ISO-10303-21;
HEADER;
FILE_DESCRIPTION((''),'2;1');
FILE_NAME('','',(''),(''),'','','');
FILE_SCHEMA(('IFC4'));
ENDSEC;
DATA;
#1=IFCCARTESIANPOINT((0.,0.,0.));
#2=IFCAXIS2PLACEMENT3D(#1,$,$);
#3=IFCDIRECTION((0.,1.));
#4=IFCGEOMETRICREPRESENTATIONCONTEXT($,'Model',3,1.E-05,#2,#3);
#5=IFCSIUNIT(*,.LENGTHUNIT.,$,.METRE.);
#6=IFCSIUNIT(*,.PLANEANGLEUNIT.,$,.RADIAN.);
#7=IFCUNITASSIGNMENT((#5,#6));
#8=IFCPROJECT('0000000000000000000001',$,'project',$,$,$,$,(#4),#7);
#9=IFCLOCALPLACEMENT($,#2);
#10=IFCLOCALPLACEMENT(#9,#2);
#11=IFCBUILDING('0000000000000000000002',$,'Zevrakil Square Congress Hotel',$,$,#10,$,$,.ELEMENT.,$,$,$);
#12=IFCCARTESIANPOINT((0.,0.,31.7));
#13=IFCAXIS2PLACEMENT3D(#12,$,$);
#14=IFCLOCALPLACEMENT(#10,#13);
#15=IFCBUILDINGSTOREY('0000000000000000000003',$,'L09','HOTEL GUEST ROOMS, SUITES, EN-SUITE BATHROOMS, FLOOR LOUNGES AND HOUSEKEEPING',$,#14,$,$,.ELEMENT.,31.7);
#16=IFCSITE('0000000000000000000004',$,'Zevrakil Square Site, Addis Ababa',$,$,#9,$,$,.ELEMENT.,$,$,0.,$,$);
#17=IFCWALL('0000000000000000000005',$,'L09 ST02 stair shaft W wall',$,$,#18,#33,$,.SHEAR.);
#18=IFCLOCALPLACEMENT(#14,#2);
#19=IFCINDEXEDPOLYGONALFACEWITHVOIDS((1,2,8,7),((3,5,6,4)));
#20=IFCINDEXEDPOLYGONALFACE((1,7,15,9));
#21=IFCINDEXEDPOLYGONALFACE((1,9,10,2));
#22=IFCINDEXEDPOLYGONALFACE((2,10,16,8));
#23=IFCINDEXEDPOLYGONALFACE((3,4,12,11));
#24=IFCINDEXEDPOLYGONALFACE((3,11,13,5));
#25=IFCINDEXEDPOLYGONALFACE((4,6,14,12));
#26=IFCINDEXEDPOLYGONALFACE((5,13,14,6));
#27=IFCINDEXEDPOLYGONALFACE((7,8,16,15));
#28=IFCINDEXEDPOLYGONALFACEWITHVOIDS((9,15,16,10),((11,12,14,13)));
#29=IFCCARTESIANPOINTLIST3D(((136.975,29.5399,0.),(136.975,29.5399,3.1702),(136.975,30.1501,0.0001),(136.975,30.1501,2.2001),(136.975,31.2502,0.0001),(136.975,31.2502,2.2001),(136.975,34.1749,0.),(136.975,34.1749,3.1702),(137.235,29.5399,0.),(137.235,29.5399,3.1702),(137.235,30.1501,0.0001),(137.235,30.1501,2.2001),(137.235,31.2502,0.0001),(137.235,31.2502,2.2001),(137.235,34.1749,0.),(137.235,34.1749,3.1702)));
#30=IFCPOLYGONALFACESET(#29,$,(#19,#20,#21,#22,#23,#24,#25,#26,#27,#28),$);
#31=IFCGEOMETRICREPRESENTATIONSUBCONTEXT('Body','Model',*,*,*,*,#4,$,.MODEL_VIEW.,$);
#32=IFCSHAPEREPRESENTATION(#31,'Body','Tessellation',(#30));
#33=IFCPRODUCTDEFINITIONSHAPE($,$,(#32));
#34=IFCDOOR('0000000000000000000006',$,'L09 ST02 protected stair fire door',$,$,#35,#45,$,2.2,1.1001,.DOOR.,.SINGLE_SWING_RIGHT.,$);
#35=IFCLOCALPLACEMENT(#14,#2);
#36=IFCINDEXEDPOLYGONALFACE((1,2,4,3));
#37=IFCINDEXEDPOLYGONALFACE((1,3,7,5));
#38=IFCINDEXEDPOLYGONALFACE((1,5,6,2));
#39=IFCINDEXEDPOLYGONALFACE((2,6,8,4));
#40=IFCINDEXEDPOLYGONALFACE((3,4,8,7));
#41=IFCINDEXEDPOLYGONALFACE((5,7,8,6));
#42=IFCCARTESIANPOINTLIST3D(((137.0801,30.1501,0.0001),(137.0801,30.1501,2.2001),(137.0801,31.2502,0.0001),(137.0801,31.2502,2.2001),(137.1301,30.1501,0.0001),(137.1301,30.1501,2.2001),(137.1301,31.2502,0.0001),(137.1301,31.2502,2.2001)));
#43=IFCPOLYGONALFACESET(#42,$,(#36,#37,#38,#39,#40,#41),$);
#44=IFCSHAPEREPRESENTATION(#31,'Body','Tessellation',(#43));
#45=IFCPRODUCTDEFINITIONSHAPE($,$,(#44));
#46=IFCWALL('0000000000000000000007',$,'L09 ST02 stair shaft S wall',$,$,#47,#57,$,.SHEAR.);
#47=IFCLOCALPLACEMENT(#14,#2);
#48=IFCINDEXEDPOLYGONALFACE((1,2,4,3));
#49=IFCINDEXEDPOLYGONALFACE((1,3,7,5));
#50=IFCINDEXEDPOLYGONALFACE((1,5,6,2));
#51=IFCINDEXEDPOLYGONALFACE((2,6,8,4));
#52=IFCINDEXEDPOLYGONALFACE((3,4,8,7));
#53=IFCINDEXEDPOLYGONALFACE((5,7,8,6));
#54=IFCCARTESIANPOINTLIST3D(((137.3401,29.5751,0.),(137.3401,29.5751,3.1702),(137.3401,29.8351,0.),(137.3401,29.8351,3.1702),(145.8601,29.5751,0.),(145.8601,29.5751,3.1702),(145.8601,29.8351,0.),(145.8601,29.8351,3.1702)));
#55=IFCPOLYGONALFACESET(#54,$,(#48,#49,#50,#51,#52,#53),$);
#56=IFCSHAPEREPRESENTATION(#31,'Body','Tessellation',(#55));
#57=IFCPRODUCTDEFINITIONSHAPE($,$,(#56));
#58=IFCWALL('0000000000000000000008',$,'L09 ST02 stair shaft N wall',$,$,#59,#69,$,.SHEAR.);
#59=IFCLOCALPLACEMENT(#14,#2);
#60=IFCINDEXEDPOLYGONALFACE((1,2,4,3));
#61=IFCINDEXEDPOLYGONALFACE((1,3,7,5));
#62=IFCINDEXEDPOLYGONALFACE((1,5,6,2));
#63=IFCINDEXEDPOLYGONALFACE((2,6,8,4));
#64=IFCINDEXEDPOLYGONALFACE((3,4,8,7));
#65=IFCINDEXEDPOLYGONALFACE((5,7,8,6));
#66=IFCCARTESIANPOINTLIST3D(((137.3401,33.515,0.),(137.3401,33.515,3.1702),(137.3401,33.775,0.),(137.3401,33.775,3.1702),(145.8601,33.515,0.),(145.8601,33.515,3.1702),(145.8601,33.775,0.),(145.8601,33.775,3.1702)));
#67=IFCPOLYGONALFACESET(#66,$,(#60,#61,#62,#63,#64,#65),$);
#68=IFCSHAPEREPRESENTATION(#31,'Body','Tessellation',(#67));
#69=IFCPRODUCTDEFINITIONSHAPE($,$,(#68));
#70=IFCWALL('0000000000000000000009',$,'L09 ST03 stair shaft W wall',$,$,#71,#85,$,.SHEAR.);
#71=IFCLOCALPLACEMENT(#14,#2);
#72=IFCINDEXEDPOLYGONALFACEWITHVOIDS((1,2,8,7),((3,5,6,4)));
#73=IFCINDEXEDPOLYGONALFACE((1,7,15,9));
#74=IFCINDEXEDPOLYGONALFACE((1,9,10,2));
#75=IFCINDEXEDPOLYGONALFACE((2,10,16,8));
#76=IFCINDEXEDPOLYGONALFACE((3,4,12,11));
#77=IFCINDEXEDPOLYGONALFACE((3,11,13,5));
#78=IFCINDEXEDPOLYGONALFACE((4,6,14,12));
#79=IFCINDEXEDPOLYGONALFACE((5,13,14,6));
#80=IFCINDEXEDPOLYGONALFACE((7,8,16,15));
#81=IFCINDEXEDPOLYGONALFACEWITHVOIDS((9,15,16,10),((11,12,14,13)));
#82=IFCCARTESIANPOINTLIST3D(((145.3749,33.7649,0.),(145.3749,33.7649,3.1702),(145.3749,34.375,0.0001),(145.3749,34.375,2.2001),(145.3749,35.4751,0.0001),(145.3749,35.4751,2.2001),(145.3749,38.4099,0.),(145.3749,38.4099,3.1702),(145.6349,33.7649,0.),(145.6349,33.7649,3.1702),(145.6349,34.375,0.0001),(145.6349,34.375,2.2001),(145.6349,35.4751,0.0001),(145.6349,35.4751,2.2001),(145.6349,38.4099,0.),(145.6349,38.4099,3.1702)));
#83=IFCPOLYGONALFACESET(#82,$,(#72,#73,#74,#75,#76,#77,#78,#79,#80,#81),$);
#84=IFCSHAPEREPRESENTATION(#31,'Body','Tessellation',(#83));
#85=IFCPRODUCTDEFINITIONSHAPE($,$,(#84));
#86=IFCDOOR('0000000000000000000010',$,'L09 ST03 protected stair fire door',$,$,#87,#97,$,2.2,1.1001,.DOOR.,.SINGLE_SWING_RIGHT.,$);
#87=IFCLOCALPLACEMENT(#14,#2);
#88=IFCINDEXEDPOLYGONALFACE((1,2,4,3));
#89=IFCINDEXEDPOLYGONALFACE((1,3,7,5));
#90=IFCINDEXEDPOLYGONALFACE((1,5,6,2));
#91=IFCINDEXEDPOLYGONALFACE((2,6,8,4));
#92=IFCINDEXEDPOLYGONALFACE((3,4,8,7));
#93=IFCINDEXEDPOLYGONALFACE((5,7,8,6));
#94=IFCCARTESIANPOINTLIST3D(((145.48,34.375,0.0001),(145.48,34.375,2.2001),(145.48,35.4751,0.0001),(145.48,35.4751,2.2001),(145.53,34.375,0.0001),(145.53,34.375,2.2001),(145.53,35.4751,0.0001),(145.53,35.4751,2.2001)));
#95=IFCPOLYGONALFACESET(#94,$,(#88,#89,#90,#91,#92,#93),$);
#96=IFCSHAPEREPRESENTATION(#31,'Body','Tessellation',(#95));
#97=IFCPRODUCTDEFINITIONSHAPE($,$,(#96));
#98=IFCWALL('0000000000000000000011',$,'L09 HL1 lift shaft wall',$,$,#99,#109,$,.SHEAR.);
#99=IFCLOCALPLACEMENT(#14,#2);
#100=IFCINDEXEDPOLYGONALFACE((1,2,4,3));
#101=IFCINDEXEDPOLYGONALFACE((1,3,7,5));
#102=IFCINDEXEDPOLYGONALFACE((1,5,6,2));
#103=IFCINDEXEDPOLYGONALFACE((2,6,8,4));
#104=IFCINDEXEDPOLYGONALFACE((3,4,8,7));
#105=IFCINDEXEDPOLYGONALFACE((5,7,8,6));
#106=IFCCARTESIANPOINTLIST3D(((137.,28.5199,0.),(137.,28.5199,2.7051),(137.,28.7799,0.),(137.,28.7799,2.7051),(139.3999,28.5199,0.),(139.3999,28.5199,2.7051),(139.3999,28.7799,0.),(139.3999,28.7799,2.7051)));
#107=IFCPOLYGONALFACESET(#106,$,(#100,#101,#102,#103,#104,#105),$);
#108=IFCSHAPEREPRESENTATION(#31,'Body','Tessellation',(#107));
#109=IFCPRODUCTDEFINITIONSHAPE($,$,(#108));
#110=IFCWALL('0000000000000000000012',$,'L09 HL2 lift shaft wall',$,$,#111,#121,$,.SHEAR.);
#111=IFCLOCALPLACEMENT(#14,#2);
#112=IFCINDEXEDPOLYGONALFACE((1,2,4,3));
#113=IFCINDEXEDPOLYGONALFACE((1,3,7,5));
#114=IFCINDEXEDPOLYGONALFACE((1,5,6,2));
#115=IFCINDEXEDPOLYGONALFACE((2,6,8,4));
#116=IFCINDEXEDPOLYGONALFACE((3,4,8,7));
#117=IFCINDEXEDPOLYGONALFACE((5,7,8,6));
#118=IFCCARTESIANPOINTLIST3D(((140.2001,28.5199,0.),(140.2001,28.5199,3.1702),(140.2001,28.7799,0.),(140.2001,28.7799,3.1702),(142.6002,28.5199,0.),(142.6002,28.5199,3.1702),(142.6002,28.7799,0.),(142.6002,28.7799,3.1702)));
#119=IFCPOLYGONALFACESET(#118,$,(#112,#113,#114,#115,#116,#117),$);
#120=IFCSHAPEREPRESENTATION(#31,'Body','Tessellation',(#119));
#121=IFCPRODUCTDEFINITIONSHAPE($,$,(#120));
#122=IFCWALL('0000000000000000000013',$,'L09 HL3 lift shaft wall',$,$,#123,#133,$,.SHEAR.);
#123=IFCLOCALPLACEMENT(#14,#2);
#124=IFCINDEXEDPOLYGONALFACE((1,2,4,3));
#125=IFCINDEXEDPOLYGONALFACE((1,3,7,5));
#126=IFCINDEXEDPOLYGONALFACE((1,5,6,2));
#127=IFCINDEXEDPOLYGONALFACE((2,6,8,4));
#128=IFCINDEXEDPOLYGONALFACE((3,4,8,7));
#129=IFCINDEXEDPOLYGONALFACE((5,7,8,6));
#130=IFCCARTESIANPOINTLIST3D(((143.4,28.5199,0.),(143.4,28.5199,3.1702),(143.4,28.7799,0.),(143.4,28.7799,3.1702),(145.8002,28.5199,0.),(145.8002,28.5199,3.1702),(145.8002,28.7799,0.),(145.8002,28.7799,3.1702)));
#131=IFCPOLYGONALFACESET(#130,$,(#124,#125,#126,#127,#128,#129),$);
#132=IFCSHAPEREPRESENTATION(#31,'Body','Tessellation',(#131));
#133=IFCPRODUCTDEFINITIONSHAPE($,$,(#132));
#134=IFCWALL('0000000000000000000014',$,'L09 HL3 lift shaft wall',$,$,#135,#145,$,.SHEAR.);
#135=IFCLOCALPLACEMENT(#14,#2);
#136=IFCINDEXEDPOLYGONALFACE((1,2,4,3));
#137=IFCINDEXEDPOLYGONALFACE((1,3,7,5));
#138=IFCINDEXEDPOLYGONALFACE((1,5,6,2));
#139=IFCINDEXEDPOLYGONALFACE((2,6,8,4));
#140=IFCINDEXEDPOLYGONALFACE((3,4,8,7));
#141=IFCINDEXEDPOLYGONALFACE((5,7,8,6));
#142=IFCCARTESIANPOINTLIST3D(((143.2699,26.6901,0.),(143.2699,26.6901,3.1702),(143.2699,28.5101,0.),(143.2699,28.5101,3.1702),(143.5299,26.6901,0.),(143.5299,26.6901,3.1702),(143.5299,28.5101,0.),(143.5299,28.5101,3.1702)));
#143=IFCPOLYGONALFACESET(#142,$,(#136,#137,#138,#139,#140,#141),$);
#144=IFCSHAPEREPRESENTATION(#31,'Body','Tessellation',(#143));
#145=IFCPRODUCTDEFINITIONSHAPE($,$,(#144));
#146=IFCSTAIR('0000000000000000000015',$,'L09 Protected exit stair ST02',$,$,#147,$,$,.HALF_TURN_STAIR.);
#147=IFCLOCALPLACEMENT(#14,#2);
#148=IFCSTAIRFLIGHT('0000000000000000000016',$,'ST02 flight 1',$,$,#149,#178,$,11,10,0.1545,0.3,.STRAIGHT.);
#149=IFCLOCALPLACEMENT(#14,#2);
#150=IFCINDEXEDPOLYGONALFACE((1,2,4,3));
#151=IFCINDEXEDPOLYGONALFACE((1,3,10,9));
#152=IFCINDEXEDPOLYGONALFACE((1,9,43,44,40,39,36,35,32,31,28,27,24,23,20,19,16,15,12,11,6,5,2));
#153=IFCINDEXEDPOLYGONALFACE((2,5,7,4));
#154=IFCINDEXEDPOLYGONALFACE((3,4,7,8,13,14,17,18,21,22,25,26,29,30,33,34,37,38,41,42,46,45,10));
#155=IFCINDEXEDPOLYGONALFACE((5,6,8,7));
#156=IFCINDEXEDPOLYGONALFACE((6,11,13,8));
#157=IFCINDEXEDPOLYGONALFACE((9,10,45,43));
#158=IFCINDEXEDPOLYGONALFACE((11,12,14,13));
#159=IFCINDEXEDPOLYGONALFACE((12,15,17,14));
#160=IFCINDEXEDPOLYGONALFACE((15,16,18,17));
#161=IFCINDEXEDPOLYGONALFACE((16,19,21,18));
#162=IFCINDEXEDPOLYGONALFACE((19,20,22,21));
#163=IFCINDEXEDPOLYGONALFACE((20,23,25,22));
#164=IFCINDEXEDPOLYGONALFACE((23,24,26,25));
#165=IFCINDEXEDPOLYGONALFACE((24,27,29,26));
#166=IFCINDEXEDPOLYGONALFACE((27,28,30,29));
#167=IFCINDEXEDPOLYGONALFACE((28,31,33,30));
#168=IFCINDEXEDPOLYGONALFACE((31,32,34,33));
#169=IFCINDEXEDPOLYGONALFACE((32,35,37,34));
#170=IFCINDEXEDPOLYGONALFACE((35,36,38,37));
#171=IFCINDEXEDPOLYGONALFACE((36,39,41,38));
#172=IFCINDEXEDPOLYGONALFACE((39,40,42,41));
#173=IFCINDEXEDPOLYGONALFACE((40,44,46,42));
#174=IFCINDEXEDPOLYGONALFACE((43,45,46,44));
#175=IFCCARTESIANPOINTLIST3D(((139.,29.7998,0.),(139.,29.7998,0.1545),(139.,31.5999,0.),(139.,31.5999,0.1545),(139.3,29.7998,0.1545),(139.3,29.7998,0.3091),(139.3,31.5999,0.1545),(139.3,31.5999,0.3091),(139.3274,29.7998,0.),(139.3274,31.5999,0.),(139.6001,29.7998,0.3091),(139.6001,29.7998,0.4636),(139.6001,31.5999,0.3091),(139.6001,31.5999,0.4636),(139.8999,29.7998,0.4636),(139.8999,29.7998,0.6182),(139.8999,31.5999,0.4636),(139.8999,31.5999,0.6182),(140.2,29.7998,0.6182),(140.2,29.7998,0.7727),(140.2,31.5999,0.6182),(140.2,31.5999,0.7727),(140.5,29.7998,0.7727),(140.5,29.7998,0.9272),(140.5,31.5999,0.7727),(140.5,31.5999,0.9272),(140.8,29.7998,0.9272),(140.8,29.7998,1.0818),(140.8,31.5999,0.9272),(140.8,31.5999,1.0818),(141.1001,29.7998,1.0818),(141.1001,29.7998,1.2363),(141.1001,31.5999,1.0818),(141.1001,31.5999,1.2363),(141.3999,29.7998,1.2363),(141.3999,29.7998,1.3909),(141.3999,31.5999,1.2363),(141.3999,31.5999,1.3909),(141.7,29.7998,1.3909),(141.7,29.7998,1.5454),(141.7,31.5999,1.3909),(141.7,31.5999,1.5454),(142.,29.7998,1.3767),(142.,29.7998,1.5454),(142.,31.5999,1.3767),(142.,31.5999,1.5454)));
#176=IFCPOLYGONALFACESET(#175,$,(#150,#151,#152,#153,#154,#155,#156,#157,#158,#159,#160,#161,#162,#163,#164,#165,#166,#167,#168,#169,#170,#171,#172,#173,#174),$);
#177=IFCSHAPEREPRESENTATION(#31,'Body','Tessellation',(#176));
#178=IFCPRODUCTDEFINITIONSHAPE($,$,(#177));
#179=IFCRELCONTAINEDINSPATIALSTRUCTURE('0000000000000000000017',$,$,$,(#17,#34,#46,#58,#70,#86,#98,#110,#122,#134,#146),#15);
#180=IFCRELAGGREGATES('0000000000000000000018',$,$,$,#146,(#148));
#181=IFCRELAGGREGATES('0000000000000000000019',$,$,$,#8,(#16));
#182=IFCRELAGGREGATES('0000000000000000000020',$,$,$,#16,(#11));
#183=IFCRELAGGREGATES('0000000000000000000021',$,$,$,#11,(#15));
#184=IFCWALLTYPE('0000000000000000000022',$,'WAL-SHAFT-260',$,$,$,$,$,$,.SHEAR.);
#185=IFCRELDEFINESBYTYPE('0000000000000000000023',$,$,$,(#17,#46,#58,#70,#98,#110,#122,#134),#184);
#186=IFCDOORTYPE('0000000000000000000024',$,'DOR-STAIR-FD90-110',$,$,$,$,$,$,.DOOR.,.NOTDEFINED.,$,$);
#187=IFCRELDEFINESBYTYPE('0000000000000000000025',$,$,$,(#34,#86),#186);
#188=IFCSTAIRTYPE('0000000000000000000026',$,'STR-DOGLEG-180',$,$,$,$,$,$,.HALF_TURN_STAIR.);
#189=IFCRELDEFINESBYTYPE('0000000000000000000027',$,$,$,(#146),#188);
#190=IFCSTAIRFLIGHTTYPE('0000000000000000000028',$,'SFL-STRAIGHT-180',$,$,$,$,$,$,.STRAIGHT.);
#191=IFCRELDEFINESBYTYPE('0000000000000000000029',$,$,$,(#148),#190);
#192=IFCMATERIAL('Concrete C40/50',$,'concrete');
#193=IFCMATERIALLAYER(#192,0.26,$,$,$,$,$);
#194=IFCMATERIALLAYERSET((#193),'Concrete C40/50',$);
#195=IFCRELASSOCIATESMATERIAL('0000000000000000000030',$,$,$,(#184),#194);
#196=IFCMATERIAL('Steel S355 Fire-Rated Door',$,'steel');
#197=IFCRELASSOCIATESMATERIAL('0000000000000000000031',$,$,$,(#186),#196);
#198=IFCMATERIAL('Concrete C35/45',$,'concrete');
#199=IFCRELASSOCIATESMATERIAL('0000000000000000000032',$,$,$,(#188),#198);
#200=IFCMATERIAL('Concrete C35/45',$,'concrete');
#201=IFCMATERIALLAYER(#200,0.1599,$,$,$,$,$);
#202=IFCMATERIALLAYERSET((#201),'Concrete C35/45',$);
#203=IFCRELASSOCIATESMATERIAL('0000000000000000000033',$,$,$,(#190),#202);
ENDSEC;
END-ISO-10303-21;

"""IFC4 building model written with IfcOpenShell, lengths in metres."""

from ifc_helpers import new_model, si_unit, direction, frame, frame_2d, origin, place, context, subcontext, project, spatial, polyline, rectangle, outline, extrude, material, layer, layer_set, type_object, element, fill, aggregate, save


model = new_model("IFC4")

# Units and contexts
model_context = context("Model", 3, precision=1e-05, world=origin(), true_north=direction((0.0, 1.0)))
body_context = subcontext(model_context, "Body", "Model", "MODEL_VIEW")
ifc_project = project(units=[si_unit("LENGTHUNIT", "METRE"), si_unit("PLANEANGLEUNIT", "RADIAN")], contexts=[model_context])

# Site, building, storey
site_placement = place(None, origin())
site = spatial("IfcSite", under=ifc_project, at=site_placement, Name="Zevrakil Square Site, Addis Ababa", CompositionType="ELEMENT", RefElevation=0.0)
building_placement = place(site_placement, origin())
building = spatial("IfcBuilding", under=site, at=building_placement, Name="Zevrakil Square Congress Hotel", CompositionType="ELEMENT")
storey_placement = place(building_placement, frame((0.0, 0.0, 31.7)))
storey = spatial("IfcBuildingStorey", under=building, at=storey_placement, Name="L09", Description="HOTEL GUEST ROOMS, SUITES, EN-SUITE BATHROOMS, FLOOR LOUNGES AND HOUSEKEEPING", CompositionType="ELEMENT", Elevation=31.7)

# Wall, opening, door
ifc_material_1 = material(Name="Concrete C40/50", Category="concrete")
ifc_layer_1 = layer(ifc_material_1, 0.26)
ifc_layer_set_1 = layer_set([ifc_layer_1], Name="Concrete C40/50")
wall_type_1 = type_object("IfcWallType", Name="WAL-SHAFT-260", PredefinedType="SHEAR", material=ifc_layer_set_1)
wall_1_placement = place(storey_placement, frame((137.105, 29.54, 0.0), z_axis=(0.0, 0.0, 1.0), x_axis=(0.0, 1.0, 0.0)))
wall_1 = element("IfcWall", 1, at=wall_1_placement, inside=storey, type_object=wall_type_1, Name="L09 ST02 stair shaft W wall", PredefinedType="SHEAR", context=body_context, shape_type="SweptSolid", body=[
    extrude(rectangle(XDim=4.635, YDim=0.26, at=frame_2d((2.3174, 0.0))), origin(), (0.0, 0.0, 1.0), 3.1702),
])
opening_1_placement = place(wall_1_placement, frame((0.6101, 0.0, 0.0)))
opening_1 = element("IfcOpeningElement", 2, at=opening_1_placement, cuts=wall_1, PredefinedType="OPENING", context=body_context, shape_type="SweptSolid", body=[
    extrude(rectangle(XDim=1.1001, YDim=2.2, at=frame_2d((0.55, 1.1001))), frame((0.0, 0.1401, 0.0), z_axis=(0.0, -1.0, 0.0), x_axis=(1.0, 0.0, 0.0)), (0.0, 0.0, 1.0), 0.28),
])
ifc_material_2 = material(Name="Steel S355 Fire-Rated Door", Category="steel")
door_type_1 = type_object("IfcDoorType", Name="DOR-STAIR-FD90-110", OperationType="NOTDEFINED", PredefinedType="DOOR", material=ifc_material_2)
door_1_placement = place(opening_1_placement, origin())
door_1 = element("IfcDoor", 3, at=door_1_placement, inside=storey, type_object=door_type_1, Name="L09 ST02 protected stair fire door", OperationType="SINGLE_SWING_RIGHT", OverallHeight=2.2, OverallWidth=1.1001, PredefinedType="DOOR", context=body_context, shape_type="SweptSolid", body=[
    extrude(rectangle(XDim=1.1001, YDim=2.2, at=frame_2d((0.55, 1.1001))), frame((0.0, 0.0249, 0.0), z_axis=(0.0, -1.0, 0.0), x_axis=(1.0, 0.0, 0.0)), (0.0, 0.0, 1.0), 0.05),
])
fill(opening_1, door_1)

# Walls
for number, where, z_axis, x_axis, name in (
    (4, (137.3401, 29.7051, 0.0), (0.0, 0.0, 1.0), (1.0, 0.0, 0.0), "L09 ST02 stair shaft S wall"),
    (5, (137.3401, 33.645, 0.0), (0.0, 0.0, 1.0), (1.0, 0.0, 0.0), "L09 ST02 stair shaft N wall"),
):
    element("IfcWall", number, at=place(storey_placement, frame(where, z_axis=z_axis, x_axis=x_axis)), inside=storey, type_object=wall_type_1, Name=name, PredefinedType="SHEAR", context=body_context, shape_type="SweptSolid", body=[
        extrude(rectangle(XDim=8.52, YDim=0.26, at=frame_2d((4.26, 0.0))), origin(), (0.0, 0.0, 1.0), 3.1702),
    ])

# Wall, opening, door
wall_2_placement = place(storey_placement, frame((145.5049, 33.7649, 0.0), z_axis=(0.0, 0.0, 1.0), x_axis=(0.0, 1.0, 0.0)))
wall_2 = element("IfcWall", 6, at=wall_2_placement, inside=storey, type_object=wall_type_1, Name="L09 ST03 stair shaft W wall", PredefinedType="SHEAR", context=body_context, shape_type="SweptSolid", body=[
    extrude(rectangle(XDim=4.645, YDim=0.26, at=frame_2d((2.3225, 0.0))), origin(), (0.0, 0.0, 1.0), 3.1702),
])
opening_2_placement = place(wall_2_placement, frame((0.6101, 0.0, 0.0)))
opening_2 = element("IfcOpeningElement", 7, at=opening_2_placement, cuts=wall_2, PredefinedType="OPENING", context=body_context, shape_type="SweptSolid", body=[
    extrude(rectangle(XDim=1.1001, YDim=2.2, at=frame_2d((0.55, 1.1001))), frame((0.0, 0.1401, 0.0), z_axis=(0.0, -1.0, 0.0), x_axis=(1.0, 0.0, 0.0)), (0.0, 0.0, 1.0), 0.28),
])
door_2_placement = place(opening_2_placement, origin())
door_2 = element("IfcDoor", 8, at=door_2_placement, inside=storey, type_object=door_type_1, Name="L09 ST03 protected stair fire door", OperationType="SINGLE_SWING_RIGHT", OverallHeight=2.2, OverallWidth=1.1001, PredefinedType="DOOR", context=body_context, shape_type="SweptSolid", body=[
    extrude(rectangle(XDim=1.1001, YDim=2.2, at=frame_2d((0.55, 1.1001))), frame((0.0, 0.0249, 0.0), z_axis=(0.0, -1.0, 0.0), x_axis=(1.0, 0.0, 0.0)), (0.0, 0.0, 1.0), 0.05),
])
fill(opening_2, door_2)

# Walls
wall_3_placement = place(storey_placement, frame((137.0, 28.6499, 0.0), z_axis=(0.0, 0.0, 1.0), x_axis=(1.0, 0.0, 0.0)))
element("IfcWall", 9, at=wall_3_placement, inside=storey, type_object=wall_type_1, Name="L09 HL1 lift shaft wall", PredefinedType="SHEAR", context=body_context, shape_type="SweptSolid", body=[
    extrude(rectangle(XDim=2.3999, YDim=0.26, at=frame_2d((1.2, 0.0))), origin(), (0.0, 0.0, 1.0), 2.7051),
])
for number, where, z_axis, x_axis, name in (
    (10, (140.2, 28.6499, 0.0), (0.0, 0.0, 1.0), (1.0, 0.0, 0.0), "L09 HL2 lift shaft wall"),
    (11, (143.3999, 28.6499, 0.0), (0.0, 0.0, 1.0), (1.0, 0.0, 0.0), "L09 HL3 lift shaft wall"),
):
    element("IfcWall", number, at=place(storey_placement, frame(where, z_axis=z_axis, x_axis=x_axis)), inside=storey, type_object=wall_type_1, Name=name, PredefinedType="SHEAR", context=body_context, shape_type="SweptSolid", body=[
        extrude(rectangle(XDim=2.4001, YDim=0.26, at=frame_2d((1.2002, 0.0))), origin(), (0.0, 0.0, 1.0), 3.1702),
    ])
wall_4_placement = place(storey_placement, frame((143.3999, 26.6899, 0.0), z_axis=(0.0, 0.0, 1.0), x_axis=(0.0, 1.0, 0.0)))
element("IfcWall", 12, at=wall_4_placement, inside=storey, type_object=wall_type_1, Name="L09 HL3 lift shaft wall", PredefinedType="SHEAR", context=body_context, shape_type="SweptSolid", body=[
    extrude(rectangle(XDim=1.8201, YDim=0.26, at=frame_2d((0.9102, 0.0))), origin(), (0.0, 0.0, 1.0), 3.1702),
])

# Stair, stair flight
ifc_material_3 = material(Name="Concrete C35/45", Category="concrete")
stair_type = type_object("IfcStairType", Name="STR-DOGLEG-180", PredefinedType="HALF_TURN_STAIR", material=ifc_material_3)
stair_placement = place(storey_placement, origin())
stair = element("IfcStair", 13, at=stair_placement, inside=storey, type_object=stair_type, Name="L09 Protected exit stair ST02", PredefinedType="HALF_TURN_STAIR")
ifc_material_4 = material(Name="Concrete C35/45", Category="concrete")
ifc_layer_2 = layer(ifc_material_4, 0.1599)
ifc_layer_set_2 = layer_set([ifc_layer_2], Name="Concrete C35/45")
stair_flight_type = type_object("IfcStairFlightType", Name="SFL-STRAIGHT-180", PredefinedType="STRAIGHT", material=ifc_layer_set_2)
stair_flight_1_placement = place(storey_placement, frame((139.0, 30.7, 0.0), z_axis=(0.0, 0.0, 1.0), x_axis=(1.0, 0.0, 0.0)))
stair_flight_1 = element("IfcStairFlight", 14, at=stair_flight_1_placement, type_object=stair_flight_type, Name="ST02 flight 1", NumberOfRisers=11, NumberOfTreads=10, PredefinedType="STRAIGHT", RiserHeight=0.1545, TreadLength=0.3, context=body_context, shape_type="SweptSolid", body=[
    extrude(outline(polyline([(0.0, 0.0), (0.0, 0.1545), (0.3, 0.1545), (0.3, 0.3091), (0.6001, 0.3091), (0.6001, 0.4636), (0.8999, 0.4636), (0.8999, 0.6182), (1.2, 0.6182), (1.2, 0.7727), (1.5, 0.7727), (1.5, 0.9272), (1.8, 0.9272), (1.8, 1.0818), (2.1001, 1.0818), (2.1001, 1.2363), (2.3999, 1.2363), (2.3999, 1.3909), (2.7, 1.3909), (2.7, 1.5454), (3.0, 1.5454), (3.0, 1.7), (3.0, 1.3767), (0.3274, 0.0), (0.0, 0.0)])), frame((0.0, 0.8999, 0.0), z_axis=(0.0, -1.0, 0.0), x_axis=(1.0, 0.0, 0.0)), (0.0, 0.0, 1.0), 1.8),
])
aggregate(stair, [stair_flight_1])

save(model, "model.ifc")
